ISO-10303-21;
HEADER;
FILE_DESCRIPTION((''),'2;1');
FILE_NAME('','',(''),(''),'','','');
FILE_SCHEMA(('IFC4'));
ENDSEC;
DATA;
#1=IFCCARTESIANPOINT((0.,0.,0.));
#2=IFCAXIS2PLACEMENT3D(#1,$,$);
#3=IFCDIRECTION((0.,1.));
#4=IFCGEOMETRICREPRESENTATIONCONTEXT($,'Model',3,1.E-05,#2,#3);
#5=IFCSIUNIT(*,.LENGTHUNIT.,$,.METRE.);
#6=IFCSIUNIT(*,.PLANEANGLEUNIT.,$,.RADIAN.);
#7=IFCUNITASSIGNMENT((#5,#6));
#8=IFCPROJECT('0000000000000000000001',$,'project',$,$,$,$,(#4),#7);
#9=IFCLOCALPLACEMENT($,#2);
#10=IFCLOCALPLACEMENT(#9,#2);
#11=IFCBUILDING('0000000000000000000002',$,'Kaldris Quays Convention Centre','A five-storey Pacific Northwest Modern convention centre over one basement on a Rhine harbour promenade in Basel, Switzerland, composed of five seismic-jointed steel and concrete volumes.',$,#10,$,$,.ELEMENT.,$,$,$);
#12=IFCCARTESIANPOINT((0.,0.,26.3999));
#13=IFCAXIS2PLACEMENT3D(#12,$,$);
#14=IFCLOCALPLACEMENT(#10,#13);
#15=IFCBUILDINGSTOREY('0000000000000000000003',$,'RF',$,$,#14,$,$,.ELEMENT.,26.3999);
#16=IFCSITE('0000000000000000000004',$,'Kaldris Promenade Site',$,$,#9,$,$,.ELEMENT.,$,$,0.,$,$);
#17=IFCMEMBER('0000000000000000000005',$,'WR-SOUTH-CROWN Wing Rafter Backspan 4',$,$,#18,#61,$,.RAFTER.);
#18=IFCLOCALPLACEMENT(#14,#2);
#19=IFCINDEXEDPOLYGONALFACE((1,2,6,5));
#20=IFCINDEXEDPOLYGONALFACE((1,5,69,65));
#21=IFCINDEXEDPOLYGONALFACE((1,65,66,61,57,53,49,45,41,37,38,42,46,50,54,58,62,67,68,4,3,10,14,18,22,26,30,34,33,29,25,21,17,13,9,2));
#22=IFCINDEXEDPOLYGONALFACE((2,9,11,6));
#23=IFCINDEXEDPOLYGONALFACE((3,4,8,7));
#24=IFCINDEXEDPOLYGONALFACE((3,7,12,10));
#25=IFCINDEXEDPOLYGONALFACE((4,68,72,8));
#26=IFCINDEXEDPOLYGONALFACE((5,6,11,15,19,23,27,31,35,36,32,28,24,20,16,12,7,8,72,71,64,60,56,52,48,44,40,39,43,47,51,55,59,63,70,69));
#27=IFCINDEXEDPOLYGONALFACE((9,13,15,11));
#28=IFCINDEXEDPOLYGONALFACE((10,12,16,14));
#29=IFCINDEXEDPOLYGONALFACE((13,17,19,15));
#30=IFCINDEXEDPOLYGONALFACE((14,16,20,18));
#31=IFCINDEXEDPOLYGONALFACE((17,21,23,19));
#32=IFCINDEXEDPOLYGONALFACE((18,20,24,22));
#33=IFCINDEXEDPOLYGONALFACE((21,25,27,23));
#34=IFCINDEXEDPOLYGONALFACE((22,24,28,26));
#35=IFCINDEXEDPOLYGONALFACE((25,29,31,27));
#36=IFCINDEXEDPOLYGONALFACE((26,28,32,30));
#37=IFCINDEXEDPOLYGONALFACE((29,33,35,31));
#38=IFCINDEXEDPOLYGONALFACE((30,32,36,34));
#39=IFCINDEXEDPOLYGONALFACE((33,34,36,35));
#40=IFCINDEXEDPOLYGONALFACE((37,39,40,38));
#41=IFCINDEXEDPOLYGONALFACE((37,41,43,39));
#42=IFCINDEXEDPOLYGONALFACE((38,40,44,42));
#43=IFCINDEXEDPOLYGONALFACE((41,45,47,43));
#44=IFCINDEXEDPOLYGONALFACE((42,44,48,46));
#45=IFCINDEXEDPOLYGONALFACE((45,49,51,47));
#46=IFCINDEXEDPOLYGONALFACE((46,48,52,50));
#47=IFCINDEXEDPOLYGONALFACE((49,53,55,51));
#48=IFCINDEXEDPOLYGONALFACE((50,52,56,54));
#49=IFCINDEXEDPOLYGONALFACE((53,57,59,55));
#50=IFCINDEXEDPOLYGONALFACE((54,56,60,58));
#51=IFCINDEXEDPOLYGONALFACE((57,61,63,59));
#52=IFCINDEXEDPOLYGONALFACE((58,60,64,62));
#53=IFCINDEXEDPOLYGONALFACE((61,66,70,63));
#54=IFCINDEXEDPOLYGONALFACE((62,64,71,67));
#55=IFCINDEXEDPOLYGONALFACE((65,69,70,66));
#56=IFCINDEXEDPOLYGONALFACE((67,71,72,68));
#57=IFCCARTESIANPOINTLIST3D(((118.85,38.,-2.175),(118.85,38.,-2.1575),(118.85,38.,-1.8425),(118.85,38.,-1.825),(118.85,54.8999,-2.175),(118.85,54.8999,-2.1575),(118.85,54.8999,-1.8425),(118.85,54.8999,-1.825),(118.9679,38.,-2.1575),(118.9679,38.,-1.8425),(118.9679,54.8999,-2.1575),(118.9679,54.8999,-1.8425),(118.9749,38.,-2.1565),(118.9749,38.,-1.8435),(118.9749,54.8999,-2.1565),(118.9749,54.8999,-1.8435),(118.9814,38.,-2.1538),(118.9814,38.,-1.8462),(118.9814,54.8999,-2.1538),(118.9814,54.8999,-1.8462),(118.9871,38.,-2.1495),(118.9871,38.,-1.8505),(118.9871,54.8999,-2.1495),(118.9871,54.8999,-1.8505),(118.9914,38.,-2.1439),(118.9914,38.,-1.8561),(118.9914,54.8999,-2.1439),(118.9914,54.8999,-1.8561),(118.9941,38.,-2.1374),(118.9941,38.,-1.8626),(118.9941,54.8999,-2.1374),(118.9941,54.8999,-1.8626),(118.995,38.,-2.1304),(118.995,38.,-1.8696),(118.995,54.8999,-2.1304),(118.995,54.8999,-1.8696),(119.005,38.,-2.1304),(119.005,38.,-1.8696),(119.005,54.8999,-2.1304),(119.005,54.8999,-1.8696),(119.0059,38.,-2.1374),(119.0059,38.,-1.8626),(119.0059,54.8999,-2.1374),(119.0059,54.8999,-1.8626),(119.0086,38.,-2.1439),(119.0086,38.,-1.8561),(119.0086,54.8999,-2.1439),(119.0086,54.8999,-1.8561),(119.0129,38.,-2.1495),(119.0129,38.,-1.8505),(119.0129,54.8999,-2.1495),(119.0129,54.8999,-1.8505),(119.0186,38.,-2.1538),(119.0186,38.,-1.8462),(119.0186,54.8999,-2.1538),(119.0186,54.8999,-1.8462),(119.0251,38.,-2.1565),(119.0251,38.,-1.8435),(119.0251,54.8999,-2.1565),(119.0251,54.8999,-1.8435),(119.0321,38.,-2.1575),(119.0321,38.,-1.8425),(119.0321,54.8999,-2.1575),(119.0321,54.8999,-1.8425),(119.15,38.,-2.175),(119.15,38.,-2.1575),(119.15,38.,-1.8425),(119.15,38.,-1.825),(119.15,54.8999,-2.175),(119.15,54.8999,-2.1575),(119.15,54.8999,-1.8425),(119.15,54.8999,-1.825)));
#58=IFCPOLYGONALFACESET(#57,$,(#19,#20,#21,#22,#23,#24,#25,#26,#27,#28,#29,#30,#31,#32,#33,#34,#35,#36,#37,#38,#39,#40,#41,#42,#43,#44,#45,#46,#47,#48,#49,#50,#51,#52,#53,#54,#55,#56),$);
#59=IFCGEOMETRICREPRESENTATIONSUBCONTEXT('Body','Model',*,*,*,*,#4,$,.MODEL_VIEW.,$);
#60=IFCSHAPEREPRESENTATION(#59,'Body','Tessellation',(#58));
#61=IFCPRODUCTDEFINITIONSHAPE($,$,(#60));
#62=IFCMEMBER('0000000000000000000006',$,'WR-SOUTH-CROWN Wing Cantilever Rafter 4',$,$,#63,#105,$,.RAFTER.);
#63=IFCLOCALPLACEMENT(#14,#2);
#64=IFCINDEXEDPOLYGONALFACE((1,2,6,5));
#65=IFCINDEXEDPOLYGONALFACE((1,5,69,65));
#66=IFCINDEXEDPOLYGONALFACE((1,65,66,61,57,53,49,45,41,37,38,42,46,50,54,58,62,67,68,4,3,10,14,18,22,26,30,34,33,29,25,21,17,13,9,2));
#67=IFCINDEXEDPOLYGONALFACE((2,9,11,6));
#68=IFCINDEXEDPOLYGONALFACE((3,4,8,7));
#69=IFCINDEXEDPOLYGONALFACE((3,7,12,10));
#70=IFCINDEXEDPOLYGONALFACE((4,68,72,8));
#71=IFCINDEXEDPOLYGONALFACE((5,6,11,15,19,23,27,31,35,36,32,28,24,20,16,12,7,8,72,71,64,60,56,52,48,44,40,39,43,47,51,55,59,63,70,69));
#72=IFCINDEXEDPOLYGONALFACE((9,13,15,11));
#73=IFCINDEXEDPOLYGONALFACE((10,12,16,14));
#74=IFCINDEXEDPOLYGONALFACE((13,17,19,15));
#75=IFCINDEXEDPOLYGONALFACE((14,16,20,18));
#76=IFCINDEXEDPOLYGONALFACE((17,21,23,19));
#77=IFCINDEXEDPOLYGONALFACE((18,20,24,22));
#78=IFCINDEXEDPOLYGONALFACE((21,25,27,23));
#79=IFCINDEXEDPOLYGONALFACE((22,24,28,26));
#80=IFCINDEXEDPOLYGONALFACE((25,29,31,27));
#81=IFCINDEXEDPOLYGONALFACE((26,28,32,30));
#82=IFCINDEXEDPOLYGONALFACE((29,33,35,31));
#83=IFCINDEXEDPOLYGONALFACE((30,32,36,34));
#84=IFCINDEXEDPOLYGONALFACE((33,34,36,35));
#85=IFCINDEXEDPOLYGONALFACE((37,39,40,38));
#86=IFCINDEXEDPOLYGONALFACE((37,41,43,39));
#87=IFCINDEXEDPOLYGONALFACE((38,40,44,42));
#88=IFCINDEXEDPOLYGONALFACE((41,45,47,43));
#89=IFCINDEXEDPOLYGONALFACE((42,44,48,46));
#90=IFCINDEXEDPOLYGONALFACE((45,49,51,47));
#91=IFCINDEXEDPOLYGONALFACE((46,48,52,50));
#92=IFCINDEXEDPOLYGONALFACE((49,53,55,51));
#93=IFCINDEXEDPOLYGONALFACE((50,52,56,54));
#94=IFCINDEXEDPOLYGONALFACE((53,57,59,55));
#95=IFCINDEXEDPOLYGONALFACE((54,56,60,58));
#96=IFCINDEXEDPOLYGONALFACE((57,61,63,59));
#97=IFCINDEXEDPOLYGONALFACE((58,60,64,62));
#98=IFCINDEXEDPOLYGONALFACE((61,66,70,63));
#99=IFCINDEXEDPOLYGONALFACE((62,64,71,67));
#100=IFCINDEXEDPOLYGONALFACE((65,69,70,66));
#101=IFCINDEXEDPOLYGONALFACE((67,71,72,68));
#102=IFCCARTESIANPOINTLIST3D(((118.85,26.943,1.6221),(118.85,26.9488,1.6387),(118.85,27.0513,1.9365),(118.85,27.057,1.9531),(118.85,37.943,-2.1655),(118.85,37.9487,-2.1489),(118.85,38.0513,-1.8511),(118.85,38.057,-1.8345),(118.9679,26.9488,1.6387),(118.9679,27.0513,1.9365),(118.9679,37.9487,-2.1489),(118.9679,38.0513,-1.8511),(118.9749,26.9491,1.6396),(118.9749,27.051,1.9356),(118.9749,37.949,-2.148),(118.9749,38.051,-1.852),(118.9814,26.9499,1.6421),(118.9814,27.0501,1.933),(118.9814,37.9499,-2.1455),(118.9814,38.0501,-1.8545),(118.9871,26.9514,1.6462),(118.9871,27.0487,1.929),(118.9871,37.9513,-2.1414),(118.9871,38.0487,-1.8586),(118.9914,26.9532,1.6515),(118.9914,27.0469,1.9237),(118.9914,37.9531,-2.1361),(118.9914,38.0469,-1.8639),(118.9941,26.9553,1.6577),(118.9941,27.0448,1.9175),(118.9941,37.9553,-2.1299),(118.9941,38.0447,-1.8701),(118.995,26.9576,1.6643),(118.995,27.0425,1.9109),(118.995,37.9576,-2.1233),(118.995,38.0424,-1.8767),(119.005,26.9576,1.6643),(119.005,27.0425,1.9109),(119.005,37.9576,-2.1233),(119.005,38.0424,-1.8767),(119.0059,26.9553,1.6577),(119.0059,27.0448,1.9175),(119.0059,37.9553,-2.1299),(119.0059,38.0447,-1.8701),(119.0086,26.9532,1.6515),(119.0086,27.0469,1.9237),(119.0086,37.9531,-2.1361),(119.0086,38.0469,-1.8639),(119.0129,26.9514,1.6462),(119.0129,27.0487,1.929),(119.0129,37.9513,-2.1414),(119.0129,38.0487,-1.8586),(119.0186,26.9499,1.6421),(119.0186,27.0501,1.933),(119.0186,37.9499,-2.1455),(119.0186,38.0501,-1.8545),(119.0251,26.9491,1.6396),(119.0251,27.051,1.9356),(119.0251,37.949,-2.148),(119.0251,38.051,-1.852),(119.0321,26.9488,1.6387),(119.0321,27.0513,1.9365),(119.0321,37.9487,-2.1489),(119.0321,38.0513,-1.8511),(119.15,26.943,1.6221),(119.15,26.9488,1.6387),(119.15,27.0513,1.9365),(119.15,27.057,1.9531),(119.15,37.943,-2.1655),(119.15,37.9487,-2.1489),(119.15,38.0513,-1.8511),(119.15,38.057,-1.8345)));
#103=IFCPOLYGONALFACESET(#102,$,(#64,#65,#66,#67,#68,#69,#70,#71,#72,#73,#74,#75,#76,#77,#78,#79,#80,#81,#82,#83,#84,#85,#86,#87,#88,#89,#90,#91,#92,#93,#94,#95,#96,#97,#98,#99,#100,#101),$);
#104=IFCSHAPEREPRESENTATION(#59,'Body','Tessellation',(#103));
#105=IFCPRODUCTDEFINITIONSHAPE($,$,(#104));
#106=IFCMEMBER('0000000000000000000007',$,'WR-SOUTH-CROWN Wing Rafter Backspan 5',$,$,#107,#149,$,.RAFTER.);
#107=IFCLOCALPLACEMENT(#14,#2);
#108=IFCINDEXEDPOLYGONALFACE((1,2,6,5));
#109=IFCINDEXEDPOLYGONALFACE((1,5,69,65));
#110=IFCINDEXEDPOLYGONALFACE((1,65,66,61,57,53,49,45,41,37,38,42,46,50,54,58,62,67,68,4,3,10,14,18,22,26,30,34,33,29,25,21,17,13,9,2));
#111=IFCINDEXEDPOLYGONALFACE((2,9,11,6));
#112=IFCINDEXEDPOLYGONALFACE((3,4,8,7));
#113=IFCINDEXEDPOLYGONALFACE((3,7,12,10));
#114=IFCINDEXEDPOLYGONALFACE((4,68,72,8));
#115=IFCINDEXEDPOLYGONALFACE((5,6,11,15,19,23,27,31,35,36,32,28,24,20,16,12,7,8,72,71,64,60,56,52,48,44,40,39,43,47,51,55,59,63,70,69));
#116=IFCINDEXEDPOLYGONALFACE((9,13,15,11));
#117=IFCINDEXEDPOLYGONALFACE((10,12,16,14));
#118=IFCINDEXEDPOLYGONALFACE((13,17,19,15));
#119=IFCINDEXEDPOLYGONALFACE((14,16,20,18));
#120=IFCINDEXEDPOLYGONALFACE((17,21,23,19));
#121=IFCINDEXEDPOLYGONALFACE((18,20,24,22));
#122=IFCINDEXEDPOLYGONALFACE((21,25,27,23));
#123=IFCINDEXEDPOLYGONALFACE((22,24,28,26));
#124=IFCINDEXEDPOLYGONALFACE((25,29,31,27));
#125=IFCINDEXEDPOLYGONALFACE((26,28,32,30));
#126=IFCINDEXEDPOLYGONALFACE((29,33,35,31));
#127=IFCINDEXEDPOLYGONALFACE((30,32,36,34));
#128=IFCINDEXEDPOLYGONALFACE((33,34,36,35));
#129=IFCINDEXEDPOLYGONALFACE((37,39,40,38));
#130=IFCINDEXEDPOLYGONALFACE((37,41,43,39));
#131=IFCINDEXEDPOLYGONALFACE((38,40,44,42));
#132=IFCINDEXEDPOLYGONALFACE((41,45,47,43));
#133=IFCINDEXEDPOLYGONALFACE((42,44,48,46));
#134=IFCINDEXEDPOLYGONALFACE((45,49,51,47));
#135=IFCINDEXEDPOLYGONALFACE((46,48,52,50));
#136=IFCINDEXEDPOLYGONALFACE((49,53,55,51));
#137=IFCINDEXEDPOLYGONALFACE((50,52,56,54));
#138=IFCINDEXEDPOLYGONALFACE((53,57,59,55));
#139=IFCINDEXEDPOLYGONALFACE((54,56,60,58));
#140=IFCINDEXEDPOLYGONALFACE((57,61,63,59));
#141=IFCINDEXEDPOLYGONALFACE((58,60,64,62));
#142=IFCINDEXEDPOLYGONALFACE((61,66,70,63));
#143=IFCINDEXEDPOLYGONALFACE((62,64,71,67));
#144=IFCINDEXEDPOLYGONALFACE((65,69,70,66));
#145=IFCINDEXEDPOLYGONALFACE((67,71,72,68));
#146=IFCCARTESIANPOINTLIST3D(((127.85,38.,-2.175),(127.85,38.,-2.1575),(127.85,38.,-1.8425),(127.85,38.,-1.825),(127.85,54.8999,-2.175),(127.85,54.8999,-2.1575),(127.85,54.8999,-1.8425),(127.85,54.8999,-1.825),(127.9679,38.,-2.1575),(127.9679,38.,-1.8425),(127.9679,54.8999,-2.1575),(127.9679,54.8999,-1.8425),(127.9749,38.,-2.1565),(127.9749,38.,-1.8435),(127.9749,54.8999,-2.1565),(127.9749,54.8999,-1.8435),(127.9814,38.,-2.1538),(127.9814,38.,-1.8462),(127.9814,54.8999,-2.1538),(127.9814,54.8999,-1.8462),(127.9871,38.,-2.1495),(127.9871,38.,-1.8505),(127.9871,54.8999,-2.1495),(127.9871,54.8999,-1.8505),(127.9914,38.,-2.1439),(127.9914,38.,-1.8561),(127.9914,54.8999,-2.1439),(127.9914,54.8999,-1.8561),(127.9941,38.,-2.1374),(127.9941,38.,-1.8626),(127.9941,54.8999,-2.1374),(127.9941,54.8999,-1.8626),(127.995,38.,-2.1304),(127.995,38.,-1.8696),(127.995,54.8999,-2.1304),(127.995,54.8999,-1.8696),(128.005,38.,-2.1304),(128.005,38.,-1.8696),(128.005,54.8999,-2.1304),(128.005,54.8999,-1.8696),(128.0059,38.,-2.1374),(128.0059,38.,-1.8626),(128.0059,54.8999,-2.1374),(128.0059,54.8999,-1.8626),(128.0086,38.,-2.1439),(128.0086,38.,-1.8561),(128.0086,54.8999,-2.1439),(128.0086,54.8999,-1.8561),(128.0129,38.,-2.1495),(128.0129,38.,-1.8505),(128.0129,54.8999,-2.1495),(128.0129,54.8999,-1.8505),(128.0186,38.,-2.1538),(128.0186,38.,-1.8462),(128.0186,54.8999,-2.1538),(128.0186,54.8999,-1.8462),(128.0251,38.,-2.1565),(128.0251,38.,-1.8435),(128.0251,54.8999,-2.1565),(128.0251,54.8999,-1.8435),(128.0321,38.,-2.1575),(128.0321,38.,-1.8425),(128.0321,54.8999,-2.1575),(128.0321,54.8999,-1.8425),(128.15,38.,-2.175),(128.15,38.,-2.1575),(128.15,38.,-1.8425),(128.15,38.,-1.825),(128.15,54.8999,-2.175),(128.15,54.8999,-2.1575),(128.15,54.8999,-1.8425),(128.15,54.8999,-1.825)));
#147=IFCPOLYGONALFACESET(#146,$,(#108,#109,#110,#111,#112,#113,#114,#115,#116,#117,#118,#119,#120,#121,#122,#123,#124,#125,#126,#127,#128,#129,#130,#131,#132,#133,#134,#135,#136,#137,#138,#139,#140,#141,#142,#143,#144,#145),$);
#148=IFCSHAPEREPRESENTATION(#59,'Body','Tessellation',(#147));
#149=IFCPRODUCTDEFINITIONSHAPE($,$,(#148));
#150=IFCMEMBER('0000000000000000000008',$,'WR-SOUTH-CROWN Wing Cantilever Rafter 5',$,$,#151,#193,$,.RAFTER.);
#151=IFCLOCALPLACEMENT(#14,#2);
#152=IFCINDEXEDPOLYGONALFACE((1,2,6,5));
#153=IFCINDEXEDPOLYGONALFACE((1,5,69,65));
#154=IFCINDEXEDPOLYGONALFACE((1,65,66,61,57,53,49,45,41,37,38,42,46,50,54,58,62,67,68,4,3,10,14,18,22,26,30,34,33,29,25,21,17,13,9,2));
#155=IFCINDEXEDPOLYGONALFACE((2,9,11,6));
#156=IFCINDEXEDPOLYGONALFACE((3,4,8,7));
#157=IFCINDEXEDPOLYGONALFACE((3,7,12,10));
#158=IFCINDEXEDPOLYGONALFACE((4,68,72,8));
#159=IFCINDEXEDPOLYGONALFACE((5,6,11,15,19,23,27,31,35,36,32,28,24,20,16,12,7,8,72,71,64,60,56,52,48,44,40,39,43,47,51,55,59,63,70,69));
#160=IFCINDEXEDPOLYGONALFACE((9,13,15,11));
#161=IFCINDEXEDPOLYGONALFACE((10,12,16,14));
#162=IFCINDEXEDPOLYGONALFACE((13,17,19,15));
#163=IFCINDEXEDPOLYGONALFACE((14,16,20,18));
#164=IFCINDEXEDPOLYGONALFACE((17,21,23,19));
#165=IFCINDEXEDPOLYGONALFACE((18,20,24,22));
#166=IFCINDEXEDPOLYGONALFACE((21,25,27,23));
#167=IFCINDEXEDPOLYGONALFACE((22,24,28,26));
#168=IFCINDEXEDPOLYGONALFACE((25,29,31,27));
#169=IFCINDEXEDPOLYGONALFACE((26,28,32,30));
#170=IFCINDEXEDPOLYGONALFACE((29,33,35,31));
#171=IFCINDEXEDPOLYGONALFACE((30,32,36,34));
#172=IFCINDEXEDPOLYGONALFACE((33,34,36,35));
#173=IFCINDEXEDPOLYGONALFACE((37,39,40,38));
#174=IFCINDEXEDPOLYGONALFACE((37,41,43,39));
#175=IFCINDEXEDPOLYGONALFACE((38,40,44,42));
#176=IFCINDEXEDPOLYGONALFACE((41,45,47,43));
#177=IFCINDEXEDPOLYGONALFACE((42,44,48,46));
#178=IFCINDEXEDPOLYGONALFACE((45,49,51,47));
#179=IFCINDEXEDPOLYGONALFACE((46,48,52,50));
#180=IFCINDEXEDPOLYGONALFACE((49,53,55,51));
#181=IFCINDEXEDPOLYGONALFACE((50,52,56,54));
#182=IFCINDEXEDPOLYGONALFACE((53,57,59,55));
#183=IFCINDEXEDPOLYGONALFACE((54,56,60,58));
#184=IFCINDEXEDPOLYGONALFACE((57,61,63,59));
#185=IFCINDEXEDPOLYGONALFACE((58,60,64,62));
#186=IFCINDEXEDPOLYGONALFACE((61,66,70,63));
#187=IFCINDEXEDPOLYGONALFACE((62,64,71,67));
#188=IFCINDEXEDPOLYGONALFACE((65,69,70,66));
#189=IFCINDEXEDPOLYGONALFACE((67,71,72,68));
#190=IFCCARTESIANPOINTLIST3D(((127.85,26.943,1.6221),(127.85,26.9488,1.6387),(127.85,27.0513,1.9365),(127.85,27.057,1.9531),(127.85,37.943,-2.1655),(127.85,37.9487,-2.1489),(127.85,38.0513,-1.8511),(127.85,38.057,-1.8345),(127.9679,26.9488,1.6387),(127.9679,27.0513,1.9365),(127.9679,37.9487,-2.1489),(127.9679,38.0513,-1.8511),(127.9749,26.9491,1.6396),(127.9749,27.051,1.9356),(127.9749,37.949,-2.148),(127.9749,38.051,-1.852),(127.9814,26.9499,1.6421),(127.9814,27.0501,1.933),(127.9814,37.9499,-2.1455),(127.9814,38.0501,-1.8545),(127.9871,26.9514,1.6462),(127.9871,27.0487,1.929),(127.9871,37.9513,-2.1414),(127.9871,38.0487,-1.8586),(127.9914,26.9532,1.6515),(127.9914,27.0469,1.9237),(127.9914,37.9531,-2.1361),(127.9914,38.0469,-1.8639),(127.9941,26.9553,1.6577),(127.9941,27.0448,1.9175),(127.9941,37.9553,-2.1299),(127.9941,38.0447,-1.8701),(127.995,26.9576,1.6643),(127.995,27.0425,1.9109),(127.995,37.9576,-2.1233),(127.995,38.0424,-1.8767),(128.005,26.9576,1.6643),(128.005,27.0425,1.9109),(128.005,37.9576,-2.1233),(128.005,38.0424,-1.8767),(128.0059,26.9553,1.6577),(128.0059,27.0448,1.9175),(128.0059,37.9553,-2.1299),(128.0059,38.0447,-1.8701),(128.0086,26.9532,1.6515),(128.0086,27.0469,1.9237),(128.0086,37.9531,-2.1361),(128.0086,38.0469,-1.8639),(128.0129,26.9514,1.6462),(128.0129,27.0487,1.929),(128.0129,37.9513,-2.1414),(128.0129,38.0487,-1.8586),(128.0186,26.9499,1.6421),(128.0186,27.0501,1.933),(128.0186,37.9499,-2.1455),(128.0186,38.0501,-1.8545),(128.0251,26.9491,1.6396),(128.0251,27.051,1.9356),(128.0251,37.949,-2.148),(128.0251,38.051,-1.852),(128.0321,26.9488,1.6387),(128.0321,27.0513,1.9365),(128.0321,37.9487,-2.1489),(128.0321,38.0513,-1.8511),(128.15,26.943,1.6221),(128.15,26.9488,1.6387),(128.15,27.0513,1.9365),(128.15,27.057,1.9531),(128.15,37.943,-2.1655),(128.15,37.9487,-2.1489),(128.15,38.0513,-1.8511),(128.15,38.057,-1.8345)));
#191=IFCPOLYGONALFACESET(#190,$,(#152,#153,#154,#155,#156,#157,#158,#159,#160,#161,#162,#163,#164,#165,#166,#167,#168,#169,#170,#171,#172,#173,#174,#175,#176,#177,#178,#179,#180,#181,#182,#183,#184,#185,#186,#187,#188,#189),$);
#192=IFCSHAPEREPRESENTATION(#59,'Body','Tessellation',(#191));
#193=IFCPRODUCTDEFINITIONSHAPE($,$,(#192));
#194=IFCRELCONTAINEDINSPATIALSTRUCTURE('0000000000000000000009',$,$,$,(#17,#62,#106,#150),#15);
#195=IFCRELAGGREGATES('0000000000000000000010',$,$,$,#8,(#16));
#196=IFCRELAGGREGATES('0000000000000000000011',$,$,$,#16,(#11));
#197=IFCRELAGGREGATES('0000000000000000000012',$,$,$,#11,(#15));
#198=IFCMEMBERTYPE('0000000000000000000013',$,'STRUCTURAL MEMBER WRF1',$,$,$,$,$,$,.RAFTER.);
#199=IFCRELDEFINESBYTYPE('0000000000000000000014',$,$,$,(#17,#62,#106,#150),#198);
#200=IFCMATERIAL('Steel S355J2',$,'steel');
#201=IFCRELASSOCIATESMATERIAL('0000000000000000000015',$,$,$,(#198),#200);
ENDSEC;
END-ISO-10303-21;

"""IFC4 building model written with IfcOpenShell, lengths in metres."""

from ifc_helpers import new_model, si_unit, direction, frame, origin, origin_2d, place, context, subcontext, project, spatial, i_section, extrude, material, material_profile, profile_set, type_object, element, save


model = new_model("IFC4")

# Units and contexts
model_context = context("Model", 3, precision=1e-05, world=origin(), true_north=direction((0.0, 1.0)))
body_context = subcontext(model_context, "Body", "Model", "MODEL_VIEW")
ifc_project = project(units=[si_unit("LENGTHUNIT", "METRE"), si_unit("PLANEANGLEUNIT", "RADIAN")], contexts=[model_context])

# Site, building, storey
site_placement = place(None, origin())
site = spatial("IfcSite", under=ifc_project, at=site_placement, Name="Kaldris Promenade Site", CompositionType="ELEMENT", RefElevation=0.0)
building_placement = place(site_placement, origin())
building = spatial("IfcBuilding", under=site, at=building_placement, Name="Kaldris Quays Convention Centre", Description="A five-storey Pacific Northwest Modern convention centre over one basement on a Rhine harbour promenade in Basel, Switzerland, composed of five seismic-jointed steel and concrete volumes.", CompositionType="ELEMENT")
storey_placement = place(building_placement, frame((0.0, 0.0, 26.3999)))
storey = spatial("IfcBuildingStorey", under=building, at=storey_placement, Name="RF", CompositionType="ELEMENT", Elevation=26.3999)

# Members
ifc_material_1 = material(Name="Steel S355J2", Category="steel")
ifc_material_profile_1 = material_profile(ifc_material_1, i_section(OverallWidth=0.3, OverallDepth=0.3501, WebThickness=0.01, FlangeThickness=0.0176, FilletRadius=0.0271, at=origin_2d()), Name="HEA 360")
ifc_profile_set_1 = profile_set([ifc_material_profile_1], Name="Steel S355J2")
member_type_1 = type_object("IfcMemberType", Name="STRUCTURAL MEMBER WRF1", PredefinedType="RAFTER", material=ifc_profile_set_1)
member_1_placement = place(storey_placement, frame((119.0, 54.8999, -2.0), z_axis=(0.0, -1.0, 0.0), x_axis=(1.0, 0.0, 0.0)))
element("IfcMember", 1, at=member_1_placement, inside=storey, type_object=member_type_1, Name="WR-SOUTH-CROWN Wing Rafter Backspan 4", PredefinedType="RAFTER", context=body_context, shape_type="SweptSolid", body=[
    extrude(i_section(OverallWidth=0.3, OverallDepth=0.3501, WebThickness=0.01, FlangeThickness=0.0176, FilletRadius=0.0271, at=origin_2d()), origin(), (0.0, 0.0, 1.0), 16.8999),
])
member_2_placement = place(storey_placement, frame((119.0, 38.0, -2.0), z_axis=(0.0, -0.945519, 0.325568), x_axis=(1.0, 0.0, 0.0)))
element("IfcMember", 2, at=member_2_placement, inside=storey, type_object=member_type_1, Name="WR-SOUTH-CROWN Wing Cantilever Rafter 4", PredefinedType="RAFTER", context=body_context, shape_type="SweptSolid", body=[
    extrude(i_section(OverallWidth=0.3, OverallDepth=0.3501, WebThickness=0.01, FlangeThickness=0.0176, FilletRadius=0.0271, at=origin_2d()), origin(), (0.0, 0.0, 1.0), 11.6338),
])
member_3_placement = place(storey_placement, frame((128.0, 54.8999, -2.0), z_axis=(0.0, -1.0, 0.0), x_axis=(1.0, 0.0, 0.0)))
element("IfcMember", 3, at=member_3_placement, inside=storey, type_object=member_type_1, Name="WR-SOUTH-CROWN Wing Rafter Backspan 5", PredefinedType="RAFTER", context=body_context, shape_type="SweptSolid", body=[
    extrude(i_section(OverallWidth=0.3, OverallDepth=0.3501, WebThickness=0.01, FlangeThickness=0.0176, FilletRadius=0.0271, at=origin_2d()), origin(), (0.0, 0.0, 1.0), 16.8999),
])
member_4_placement = place(storey_placement, frame((128.0, 38.0, -2.0), z_axis=(0.0, -0.945519, 0.325568), x_axis=(1.0, 0.0, 0.0)))
element("IfcMember", 4, at=member_4_placement, inside=storey, type_object=member_type_1, Name="WR-SOUTH-CROWN Wing Cantilever Rafter 5", PredefinedType="RAFTER", context=body_context, shape_type="SweptSolid", body=[
    extrude(i_section(OverallWidth=0.3, OverallDepth=0.3501, WebThickness=0.01, FlangeThickness=0.0176, FilletRadius=0.0271, at=origin_2d()), origin(), (0.0, 0.0, 1.0), 11.6338),
])

save(model, "model.ifc")
